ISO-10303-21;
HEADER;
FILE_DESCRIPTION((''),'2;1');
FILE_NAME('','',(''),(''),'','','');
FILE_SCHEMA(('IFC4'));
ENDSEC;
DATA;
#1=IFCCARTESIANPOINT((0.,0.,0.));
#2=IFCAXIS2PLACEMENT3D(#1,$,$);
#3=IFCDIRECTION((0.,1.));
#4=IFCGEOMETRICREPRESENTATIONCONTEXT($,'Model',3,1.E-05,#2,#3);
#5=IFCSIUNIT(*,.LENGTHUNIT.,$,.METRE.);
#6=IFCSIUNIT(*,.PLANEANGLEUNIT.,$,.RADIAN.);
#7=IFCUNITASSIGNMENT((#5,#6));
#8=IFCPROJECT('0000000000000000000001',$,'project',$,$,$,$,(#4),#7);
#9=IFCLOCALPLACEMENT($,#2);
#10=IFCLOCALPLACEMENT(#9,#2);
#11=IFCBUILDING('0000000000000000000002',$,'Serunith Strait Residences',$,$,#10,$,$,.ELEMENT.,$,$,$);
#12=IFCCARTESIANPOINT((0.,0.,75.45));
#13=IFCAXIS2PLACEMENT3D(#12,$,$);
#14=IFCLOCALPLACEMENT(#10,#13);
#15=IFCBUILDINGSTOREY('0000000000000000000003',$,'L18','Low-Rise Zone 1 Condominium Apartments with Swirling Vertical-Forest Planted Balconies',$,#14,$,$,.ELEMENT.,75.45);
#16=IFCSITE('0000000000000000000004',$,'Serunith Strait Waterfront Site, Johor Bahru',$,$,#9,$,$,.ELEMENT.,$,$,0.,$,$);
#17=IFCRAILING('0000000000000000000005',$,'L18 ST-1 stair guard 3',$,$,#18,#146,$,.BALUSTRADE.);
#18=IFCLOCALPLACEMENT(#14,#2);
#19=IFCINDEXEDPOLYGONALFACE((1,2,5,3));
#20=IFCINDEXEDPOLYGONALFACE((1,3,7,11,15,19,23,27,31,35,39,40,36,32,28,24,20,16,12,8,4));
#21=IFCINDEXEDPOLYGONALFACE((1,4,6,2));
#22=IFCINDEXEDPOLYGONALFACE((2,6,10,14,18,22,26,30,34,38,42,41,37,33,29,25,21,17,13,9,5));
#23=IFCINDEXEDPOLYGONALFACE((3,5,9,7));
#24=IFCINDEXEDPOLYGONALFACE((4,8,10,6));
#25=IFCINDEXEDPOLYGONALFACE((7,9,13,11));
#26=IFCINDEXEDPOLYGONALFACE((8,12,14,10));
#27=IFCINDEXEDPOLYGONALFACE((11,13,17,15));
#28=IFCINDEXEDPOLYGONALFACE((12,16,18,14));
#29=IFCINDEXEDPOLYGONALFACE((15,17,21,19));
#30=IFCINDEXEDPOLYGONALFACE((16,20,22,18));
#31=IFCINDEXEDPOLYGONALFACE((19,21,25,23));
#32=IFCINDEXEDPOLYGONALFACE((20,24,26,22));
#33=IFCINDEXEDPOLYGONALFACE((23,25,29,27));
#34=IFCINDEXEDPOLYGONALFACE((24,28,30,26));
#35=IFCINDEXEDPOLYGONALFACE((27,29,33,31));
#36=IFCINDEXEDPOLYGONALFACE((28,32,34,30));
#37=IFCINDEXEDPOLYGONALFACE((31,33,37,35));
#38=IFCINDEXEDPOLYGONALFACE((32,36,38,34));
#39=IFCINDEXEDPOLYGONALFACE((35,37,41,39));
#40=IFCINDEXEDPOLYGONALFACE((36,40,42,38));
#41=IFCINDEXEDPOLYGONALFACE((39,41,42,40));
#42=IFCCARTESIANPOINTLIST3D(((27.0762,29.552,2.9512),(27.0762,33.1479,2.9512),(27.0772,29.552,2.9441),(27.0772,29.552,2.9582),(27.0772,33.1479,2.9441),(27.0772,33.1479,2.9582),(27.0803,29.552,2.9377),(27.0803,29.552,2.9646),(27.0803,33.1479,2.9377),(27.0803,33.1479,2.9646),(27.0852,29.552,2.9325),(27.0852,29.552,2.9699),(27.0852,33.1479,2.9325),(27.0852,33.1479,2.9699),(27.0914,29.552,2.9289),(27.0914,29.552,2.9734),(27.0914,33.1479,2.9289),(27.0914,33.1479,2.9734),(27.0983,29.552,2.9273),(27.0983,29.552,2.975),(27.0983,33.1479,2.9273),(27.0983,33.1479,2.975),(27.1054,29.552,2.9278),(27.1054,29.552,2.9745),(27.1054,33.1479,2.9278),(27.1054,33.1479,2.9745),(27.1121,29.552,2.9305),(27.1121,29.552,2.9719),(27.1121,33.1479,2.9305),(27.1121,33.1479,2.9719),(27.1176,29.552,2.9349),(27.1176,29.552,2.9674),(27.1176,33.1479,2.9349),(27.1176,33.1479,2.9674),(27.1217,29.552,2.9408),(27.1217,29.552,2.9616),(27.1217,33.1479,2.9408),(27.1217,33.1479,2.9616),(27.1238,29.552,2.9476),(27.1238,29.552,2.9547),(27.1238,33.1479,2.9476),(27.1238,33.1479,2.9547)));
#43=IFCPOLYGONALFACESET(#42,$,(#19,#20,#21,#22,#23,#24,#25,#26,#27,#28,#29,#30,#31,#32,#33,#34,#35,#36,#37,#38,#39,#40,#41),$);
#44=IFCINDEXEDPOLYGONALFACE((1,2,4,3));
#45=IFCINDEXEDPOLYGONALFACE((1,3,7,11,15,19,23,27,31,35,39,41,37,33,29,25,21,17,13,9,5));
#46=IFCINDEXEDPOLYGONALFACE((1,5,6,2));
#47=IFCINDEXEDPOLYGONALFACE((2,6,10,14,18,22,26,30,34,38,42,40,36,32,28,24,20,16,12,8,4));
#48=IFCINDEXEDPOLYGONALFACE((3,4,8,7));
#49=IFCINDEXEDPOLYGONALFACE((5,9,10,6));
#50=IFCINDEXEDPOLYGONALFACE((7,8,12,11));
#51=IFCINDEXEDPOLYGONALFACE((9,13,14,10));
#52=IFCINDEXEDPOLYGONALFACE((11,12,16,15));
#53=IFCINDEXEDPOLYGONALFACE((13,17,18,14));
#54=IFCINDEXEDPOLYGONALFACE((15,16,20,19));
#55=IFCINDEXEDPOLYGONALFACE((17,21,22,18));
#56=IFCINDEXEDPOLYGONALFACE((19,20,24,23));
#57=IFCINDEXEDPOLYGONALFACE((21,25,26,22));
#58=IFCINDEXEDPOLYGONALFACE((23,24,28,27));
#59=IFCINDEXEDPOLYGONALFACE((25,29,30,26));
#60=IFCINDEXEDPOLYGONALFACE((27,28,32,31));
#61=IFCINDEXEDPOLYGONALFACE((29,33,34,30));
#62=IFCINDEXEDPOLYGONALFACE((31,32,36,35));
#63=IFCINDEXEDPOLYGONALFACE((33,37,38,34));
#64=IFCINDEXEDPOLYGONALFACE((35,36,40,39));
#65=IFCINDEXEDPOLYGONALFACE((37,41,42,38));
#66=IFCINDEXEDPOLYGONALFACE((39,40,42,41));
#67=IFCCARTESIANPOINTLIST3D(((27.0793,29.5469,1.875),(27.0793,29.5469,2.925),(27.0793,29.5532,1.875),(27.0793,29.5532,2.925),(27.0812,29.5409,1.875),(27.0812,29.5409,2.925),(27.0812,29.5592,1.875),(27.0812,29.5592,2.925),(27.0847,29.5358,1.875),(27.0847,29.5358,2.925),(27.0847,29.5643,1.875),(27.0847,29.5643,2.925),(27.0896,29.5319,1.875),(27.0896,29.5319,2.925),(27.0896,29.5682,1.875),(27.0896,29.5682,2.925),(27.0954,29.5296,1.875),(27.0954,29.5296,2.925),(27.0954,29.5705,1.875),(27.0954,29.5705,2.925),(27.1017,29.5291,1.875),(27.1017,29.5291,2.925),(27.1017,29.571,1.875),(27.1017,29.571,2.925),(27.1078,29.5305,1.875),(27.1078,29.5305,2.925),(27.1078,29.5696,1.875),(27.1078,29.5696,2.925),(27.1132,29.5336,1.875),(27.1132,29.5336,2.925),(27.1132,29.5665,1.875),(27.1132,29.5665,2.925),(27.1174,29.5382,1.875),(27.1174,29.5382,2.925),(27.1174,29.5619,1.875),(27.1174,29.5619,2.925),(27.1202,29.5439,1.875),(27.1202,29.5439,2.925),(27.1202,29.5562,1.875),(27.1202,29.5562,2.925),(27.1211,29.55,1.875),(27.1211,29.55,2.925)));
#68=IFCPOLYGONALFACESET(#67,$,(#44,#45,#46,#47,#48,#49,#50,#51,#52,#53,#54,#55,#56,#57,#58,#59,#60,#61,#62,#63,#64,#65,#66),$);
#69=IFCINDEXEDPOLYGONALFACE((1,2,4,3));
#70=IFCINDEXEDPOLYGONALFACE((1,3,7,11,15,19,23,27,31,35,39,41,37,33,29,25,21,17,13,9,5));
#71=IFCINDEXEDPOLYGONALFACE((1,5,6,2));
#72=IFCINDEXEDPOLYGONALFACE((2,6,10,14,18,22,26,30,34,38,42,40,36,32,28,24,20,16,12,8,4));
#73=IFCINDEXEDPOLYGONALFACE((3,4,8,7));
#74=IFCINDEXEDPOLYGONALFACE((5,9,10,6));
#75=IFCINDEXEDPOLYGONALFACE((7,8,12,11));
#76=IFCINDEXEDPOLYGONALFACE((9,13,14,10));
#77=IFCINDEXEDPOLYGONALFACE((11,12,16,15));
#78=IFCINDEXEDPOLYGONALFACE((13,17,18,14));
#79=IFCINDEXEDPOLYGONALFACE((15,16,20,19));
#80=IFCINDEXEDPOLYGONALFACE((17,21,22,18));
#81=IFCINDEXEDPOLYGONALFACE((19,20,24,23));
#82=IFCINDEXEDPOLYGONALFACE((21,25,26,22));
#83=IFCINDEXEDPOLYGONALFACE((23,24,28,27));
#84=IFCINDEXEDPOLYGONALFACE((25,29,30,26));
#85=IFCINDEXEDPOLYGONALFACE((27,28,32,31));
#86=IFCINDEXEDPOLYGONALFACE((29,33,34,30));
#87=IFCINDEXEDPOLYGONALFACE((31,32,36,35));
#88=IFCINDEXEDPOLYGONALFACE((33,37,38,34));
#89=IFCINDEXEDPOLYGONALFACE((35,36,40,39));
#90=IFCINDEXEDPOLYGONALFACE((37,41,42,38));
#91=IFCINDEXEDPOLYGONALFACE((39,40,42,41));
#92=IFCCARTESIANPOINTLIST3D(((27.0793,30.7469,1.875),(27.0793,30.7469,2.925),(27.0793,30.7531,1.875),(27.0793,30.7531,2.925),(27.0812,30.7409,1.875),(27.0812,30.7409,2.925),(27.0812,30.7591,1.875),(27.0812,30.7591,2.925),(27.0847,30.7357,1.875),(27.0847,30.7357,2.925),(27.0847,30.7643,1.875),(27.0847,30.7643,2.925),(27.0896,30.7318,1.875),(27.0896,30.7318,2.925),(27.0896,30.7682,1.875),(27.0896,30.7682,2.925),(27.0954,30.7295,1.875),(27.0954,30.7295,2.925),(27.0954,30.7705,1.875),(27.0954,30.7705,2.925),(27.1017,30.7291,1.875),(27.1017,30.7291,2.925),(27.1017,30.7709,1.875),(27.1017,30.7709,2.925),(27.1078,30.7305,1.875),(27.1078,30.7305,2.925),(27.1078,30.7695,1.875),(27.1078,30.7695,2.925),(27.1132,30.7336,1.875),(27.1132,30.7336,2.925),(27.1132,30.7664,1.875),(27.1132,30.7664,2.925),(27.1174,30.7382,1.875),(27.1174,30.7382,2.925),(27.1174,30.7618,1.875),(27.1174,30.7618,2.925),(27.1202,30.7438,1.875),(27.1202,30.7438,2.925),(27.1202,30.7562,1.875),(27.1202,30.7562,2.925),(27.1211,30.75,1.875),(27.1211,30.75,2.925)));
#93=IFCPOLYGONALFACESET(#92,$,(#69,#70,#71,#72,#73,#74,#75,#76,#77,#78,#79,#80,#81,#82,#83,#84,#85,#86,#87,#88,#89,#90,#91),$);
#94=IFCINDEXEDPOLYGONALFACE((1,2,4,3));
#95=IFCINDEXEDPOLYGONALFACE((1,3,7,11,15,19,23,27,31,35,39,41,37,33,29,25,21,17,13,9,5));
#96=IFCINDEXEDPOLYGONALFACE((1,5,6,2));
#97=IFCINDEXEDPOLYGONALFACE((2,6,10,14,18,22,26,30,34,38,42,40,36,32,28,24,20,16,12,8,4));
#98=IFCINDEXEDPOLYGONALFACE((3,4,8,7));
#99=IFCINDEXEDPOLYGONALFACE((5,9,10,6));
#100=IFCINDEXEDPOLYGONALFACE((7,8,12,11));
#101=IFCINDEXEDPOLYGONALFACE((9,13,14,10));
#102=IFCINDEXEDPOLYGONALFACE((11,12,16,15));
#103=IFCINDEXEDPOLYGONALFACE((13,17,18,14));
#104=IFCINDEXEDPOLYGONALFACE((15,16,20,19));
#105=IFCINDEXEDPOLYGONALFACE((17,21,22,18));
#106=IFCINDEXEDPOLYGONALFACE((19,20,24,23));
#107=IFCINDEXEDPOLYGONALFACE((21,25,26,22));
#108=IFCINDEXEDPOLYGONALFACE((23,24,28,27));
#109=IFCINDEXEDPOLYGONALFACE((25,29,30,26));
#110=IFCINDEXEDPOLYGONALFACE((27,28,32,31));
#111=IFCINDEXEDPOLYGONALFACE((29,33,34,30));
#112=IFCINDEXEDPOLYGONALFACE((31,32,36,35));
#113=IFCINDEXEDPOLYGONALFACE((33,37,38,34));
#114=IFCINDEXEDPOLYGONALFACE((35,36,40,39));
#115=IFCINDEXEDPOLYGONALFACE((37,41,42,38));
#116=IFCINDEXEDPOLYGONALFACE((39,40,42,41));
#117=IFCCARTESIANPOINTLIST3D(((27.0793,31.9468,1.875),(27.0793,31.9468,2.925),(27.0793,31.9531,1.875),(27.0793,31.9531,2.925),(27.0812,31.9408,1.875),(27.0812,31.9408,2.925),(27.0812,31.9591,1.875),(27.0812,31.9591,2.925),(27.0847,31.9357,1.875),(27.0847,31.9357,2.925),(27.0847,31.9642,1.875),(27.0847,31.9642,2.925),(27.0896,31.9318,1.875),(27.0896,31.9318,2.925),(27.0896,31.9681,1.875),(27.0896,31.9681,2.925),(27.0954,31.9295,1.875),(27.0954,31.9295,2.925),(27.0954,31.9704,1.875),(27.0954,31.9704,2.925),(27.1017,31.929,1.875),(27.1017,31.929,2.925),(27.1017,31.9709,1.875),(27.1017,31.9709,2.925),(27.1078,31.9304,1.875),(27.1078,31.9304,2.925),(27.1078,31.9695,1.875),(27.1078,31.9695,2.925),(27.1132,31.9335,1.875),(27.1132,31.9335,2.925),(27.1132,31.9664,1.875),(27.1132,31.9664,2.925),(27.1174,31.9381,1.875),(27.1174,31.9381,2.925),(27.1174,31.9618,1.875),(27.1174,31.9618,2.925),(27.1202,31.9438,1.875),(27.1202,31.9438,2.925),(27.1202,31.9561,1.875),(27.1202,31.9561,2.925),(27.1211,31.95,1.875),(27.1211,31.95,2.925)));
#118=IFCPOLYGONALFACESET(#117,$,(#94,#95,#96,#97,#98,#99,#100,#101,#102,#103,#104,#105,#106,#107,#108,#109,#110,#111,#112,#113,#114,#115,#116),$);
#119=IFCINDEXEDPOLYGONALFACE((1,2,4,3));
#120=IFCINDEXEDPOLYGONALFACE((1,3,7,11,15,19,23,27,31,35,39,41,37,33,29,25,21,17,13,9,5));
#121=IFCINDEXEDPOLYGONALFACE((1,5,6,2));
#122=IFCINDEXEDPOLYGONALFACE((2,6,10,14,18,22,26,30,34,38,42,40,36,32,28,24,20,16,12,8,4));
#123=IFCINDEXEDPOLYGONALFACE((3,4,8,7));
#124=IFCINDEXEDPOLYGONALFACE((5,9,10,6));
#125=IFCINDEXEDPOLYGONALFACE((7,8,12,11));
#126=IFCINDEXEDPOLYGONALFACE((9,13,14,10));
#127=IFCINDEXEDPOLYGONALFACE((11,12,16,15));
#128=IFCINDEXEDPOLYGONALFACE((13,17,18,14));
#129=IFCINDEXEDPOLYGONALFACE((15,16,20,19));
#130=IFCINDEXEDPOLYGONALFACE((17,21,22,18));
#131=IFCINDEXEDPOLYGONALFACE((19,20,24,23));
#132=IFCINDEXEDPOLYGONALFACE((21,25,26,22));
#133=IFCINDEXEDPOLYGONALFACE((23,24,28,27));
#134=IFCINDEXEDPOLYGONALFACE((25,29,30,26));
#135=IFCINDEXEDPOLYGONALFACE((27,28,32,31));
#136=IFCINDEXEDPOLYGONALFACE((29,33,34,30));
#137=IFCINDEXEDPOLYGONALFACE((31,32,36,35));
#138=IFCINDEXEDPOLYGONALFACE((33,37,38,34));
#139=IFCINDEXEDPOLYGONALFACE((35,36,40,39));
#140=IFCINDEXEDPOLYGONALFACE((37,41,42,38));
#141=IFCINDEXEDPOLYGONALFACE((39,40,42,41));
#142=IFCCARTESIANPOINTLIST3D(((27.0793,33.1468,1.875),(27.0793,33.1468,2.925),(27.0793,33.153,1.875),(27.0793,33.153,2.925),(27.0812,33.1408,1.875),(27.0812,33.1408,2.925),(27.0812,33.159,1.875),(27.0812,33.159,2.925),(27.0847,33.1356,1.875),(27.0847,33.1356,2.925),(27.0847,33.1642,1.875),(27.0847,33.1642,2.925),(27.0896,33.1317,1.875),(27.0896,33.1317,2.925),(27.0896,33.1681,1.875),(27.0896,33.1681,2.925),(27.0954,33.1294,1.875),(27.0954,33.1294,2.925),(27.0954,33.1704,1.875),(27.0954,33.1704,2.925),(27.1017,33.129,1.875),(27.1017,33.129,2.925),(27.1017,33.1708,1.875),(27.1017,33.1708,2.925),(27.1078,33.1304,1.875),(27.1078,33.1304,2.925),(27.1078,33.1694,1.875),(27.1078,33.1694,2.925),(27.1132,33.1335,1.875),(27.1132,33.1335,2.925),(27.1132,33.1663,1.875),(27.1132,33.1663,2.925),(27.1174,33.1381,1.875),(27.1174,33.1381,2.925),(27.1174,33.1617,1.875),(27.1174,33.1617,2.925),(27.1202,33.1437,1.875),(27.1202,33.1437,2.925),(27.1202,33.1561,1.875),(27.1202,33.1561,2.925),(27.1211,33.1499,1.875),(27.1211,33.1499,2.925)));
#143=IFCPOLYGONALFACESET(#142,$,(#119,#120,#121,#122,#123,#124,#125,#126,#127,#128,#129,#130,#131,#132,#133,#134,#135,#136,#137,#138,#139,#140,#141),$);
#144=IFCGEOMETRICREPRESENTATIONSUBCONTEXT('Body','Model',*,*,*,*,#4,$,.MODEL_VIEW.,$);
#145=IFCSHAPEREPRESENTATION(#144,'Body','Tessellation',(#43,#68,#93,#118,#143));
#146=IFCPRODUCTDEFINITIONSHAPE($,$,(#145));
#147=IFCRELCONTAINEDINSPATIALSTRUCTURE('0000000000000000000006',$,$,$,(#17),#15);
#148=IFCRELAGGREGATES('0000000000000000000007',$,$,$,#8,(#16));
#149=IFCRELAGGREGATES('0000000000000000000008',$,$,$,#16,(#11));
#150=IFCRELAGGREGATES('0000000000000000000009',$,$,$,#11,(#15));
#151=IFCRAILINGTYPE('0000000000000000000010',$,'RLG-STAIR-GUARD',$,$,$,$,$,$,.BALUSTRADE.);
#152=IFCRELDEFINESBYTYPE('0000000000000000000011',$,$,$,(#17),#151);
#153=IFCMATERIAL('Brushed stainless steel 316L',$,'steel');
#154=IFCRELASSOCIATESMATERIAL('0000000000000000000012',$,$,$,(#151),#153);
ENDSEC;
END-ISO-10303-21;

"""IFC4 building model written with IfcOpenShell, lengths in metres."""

from ifc_helpers import new_model, si_unit, direction, frame, origin, origin_2d, place, context, subcontext, project, spatial, circle, extrude, material, type_object, element, save


model = new_model("IFC4")

# Units and contexts
model_context = context("Model", 3, precision=1e-05, world=origin(), true_north=direction((0.0, 1.0)))
body_context = subcontext(model_context, "Body", "Model", "MODEL_VIEW")
ifc_project = project(units=[si_unit("LENGTHUNIT", "METRE"), si_unit("PLANEANGLEUNIT", "RADIAN")], contexts=[model_context])

# Site, building, storey
site_placement = place(None, origin())
site = spatial("IfcSite", under=ifc_project, at=site_placement, Name="Serunith Strait Waterfront Site, Johor Bahru", CompositionType="ELEMENT", RefElevation=0.0)
building_placement = place(site_placement, origin())
building = spatial("IfcBuilding", under=site, at=building_placement, Name="Serunith Strait Residences", CompositionType="ELEMENT")
storey_placement = place(building_placement, frame((0.0, 0.0, 75.45)))
storey = spatial("IfcBuildingStorey", under=building, at=storey_placement, Name="L18", Description="Low-Rise Zone 1 Condominium Apartments with Swirling Vertical-Forest Planted Balconies", CompositionType="ELEMENT", Elevation=75.45)

# Railing
ifc_material_1 = material(Name="Brushed stainless steel 316L", Category="steel")
railing_type_1 = type_object("IfcRailingType", Name="RLG-STAIR-GUARD", PredefinedType="BALUSTRADE", material=ifc_material_1)
for number, where, name in (
    (1, (27.1001, 29.55, 1.875), "L18 ST-1 stair guard 3"),
):
    element("IfcRailing", number, at=place(storey_placement, frame(where)), inside=storey, type_object=railing_type_1, Name=name, PredefinedType="BALUSTRADE", context=body_context, shape_type="SweptSolid", body=[
        extrude(circle(Radius=0.0239, at=origin_2d()), frame((0.0, 0.002, 1.0762), z_axis=(0.0, 1.0, 0.0), x_axis=(-1.0, 0.0, 0.0)), (0.0, 0.0, 1.0), 3.5959),
        extrude(circle(Radius=0.021, at=origin_2d()), origin(), (0.0, 0.0, 1.0), 1.05),
        extrude(circle(Radius=0.021, at=origin_2d()), frame((0.0, 1.2, 0.0)), (0.0, 0.0, 1.0), 1.05),
        extrude(circle(Radius=0.021, at=origin_2d()), frame((0.0, 2.3999, 0.0)), (0.0, 0.0, 1.0), 1.05),
        extrude(circle(Radius=0.021, at=origin_2d()), frame((0.0, 3.5999, 0.0)), (0.0, 0.0, 1.0), 1.05),
    ])

save(model, "model.ifc")
